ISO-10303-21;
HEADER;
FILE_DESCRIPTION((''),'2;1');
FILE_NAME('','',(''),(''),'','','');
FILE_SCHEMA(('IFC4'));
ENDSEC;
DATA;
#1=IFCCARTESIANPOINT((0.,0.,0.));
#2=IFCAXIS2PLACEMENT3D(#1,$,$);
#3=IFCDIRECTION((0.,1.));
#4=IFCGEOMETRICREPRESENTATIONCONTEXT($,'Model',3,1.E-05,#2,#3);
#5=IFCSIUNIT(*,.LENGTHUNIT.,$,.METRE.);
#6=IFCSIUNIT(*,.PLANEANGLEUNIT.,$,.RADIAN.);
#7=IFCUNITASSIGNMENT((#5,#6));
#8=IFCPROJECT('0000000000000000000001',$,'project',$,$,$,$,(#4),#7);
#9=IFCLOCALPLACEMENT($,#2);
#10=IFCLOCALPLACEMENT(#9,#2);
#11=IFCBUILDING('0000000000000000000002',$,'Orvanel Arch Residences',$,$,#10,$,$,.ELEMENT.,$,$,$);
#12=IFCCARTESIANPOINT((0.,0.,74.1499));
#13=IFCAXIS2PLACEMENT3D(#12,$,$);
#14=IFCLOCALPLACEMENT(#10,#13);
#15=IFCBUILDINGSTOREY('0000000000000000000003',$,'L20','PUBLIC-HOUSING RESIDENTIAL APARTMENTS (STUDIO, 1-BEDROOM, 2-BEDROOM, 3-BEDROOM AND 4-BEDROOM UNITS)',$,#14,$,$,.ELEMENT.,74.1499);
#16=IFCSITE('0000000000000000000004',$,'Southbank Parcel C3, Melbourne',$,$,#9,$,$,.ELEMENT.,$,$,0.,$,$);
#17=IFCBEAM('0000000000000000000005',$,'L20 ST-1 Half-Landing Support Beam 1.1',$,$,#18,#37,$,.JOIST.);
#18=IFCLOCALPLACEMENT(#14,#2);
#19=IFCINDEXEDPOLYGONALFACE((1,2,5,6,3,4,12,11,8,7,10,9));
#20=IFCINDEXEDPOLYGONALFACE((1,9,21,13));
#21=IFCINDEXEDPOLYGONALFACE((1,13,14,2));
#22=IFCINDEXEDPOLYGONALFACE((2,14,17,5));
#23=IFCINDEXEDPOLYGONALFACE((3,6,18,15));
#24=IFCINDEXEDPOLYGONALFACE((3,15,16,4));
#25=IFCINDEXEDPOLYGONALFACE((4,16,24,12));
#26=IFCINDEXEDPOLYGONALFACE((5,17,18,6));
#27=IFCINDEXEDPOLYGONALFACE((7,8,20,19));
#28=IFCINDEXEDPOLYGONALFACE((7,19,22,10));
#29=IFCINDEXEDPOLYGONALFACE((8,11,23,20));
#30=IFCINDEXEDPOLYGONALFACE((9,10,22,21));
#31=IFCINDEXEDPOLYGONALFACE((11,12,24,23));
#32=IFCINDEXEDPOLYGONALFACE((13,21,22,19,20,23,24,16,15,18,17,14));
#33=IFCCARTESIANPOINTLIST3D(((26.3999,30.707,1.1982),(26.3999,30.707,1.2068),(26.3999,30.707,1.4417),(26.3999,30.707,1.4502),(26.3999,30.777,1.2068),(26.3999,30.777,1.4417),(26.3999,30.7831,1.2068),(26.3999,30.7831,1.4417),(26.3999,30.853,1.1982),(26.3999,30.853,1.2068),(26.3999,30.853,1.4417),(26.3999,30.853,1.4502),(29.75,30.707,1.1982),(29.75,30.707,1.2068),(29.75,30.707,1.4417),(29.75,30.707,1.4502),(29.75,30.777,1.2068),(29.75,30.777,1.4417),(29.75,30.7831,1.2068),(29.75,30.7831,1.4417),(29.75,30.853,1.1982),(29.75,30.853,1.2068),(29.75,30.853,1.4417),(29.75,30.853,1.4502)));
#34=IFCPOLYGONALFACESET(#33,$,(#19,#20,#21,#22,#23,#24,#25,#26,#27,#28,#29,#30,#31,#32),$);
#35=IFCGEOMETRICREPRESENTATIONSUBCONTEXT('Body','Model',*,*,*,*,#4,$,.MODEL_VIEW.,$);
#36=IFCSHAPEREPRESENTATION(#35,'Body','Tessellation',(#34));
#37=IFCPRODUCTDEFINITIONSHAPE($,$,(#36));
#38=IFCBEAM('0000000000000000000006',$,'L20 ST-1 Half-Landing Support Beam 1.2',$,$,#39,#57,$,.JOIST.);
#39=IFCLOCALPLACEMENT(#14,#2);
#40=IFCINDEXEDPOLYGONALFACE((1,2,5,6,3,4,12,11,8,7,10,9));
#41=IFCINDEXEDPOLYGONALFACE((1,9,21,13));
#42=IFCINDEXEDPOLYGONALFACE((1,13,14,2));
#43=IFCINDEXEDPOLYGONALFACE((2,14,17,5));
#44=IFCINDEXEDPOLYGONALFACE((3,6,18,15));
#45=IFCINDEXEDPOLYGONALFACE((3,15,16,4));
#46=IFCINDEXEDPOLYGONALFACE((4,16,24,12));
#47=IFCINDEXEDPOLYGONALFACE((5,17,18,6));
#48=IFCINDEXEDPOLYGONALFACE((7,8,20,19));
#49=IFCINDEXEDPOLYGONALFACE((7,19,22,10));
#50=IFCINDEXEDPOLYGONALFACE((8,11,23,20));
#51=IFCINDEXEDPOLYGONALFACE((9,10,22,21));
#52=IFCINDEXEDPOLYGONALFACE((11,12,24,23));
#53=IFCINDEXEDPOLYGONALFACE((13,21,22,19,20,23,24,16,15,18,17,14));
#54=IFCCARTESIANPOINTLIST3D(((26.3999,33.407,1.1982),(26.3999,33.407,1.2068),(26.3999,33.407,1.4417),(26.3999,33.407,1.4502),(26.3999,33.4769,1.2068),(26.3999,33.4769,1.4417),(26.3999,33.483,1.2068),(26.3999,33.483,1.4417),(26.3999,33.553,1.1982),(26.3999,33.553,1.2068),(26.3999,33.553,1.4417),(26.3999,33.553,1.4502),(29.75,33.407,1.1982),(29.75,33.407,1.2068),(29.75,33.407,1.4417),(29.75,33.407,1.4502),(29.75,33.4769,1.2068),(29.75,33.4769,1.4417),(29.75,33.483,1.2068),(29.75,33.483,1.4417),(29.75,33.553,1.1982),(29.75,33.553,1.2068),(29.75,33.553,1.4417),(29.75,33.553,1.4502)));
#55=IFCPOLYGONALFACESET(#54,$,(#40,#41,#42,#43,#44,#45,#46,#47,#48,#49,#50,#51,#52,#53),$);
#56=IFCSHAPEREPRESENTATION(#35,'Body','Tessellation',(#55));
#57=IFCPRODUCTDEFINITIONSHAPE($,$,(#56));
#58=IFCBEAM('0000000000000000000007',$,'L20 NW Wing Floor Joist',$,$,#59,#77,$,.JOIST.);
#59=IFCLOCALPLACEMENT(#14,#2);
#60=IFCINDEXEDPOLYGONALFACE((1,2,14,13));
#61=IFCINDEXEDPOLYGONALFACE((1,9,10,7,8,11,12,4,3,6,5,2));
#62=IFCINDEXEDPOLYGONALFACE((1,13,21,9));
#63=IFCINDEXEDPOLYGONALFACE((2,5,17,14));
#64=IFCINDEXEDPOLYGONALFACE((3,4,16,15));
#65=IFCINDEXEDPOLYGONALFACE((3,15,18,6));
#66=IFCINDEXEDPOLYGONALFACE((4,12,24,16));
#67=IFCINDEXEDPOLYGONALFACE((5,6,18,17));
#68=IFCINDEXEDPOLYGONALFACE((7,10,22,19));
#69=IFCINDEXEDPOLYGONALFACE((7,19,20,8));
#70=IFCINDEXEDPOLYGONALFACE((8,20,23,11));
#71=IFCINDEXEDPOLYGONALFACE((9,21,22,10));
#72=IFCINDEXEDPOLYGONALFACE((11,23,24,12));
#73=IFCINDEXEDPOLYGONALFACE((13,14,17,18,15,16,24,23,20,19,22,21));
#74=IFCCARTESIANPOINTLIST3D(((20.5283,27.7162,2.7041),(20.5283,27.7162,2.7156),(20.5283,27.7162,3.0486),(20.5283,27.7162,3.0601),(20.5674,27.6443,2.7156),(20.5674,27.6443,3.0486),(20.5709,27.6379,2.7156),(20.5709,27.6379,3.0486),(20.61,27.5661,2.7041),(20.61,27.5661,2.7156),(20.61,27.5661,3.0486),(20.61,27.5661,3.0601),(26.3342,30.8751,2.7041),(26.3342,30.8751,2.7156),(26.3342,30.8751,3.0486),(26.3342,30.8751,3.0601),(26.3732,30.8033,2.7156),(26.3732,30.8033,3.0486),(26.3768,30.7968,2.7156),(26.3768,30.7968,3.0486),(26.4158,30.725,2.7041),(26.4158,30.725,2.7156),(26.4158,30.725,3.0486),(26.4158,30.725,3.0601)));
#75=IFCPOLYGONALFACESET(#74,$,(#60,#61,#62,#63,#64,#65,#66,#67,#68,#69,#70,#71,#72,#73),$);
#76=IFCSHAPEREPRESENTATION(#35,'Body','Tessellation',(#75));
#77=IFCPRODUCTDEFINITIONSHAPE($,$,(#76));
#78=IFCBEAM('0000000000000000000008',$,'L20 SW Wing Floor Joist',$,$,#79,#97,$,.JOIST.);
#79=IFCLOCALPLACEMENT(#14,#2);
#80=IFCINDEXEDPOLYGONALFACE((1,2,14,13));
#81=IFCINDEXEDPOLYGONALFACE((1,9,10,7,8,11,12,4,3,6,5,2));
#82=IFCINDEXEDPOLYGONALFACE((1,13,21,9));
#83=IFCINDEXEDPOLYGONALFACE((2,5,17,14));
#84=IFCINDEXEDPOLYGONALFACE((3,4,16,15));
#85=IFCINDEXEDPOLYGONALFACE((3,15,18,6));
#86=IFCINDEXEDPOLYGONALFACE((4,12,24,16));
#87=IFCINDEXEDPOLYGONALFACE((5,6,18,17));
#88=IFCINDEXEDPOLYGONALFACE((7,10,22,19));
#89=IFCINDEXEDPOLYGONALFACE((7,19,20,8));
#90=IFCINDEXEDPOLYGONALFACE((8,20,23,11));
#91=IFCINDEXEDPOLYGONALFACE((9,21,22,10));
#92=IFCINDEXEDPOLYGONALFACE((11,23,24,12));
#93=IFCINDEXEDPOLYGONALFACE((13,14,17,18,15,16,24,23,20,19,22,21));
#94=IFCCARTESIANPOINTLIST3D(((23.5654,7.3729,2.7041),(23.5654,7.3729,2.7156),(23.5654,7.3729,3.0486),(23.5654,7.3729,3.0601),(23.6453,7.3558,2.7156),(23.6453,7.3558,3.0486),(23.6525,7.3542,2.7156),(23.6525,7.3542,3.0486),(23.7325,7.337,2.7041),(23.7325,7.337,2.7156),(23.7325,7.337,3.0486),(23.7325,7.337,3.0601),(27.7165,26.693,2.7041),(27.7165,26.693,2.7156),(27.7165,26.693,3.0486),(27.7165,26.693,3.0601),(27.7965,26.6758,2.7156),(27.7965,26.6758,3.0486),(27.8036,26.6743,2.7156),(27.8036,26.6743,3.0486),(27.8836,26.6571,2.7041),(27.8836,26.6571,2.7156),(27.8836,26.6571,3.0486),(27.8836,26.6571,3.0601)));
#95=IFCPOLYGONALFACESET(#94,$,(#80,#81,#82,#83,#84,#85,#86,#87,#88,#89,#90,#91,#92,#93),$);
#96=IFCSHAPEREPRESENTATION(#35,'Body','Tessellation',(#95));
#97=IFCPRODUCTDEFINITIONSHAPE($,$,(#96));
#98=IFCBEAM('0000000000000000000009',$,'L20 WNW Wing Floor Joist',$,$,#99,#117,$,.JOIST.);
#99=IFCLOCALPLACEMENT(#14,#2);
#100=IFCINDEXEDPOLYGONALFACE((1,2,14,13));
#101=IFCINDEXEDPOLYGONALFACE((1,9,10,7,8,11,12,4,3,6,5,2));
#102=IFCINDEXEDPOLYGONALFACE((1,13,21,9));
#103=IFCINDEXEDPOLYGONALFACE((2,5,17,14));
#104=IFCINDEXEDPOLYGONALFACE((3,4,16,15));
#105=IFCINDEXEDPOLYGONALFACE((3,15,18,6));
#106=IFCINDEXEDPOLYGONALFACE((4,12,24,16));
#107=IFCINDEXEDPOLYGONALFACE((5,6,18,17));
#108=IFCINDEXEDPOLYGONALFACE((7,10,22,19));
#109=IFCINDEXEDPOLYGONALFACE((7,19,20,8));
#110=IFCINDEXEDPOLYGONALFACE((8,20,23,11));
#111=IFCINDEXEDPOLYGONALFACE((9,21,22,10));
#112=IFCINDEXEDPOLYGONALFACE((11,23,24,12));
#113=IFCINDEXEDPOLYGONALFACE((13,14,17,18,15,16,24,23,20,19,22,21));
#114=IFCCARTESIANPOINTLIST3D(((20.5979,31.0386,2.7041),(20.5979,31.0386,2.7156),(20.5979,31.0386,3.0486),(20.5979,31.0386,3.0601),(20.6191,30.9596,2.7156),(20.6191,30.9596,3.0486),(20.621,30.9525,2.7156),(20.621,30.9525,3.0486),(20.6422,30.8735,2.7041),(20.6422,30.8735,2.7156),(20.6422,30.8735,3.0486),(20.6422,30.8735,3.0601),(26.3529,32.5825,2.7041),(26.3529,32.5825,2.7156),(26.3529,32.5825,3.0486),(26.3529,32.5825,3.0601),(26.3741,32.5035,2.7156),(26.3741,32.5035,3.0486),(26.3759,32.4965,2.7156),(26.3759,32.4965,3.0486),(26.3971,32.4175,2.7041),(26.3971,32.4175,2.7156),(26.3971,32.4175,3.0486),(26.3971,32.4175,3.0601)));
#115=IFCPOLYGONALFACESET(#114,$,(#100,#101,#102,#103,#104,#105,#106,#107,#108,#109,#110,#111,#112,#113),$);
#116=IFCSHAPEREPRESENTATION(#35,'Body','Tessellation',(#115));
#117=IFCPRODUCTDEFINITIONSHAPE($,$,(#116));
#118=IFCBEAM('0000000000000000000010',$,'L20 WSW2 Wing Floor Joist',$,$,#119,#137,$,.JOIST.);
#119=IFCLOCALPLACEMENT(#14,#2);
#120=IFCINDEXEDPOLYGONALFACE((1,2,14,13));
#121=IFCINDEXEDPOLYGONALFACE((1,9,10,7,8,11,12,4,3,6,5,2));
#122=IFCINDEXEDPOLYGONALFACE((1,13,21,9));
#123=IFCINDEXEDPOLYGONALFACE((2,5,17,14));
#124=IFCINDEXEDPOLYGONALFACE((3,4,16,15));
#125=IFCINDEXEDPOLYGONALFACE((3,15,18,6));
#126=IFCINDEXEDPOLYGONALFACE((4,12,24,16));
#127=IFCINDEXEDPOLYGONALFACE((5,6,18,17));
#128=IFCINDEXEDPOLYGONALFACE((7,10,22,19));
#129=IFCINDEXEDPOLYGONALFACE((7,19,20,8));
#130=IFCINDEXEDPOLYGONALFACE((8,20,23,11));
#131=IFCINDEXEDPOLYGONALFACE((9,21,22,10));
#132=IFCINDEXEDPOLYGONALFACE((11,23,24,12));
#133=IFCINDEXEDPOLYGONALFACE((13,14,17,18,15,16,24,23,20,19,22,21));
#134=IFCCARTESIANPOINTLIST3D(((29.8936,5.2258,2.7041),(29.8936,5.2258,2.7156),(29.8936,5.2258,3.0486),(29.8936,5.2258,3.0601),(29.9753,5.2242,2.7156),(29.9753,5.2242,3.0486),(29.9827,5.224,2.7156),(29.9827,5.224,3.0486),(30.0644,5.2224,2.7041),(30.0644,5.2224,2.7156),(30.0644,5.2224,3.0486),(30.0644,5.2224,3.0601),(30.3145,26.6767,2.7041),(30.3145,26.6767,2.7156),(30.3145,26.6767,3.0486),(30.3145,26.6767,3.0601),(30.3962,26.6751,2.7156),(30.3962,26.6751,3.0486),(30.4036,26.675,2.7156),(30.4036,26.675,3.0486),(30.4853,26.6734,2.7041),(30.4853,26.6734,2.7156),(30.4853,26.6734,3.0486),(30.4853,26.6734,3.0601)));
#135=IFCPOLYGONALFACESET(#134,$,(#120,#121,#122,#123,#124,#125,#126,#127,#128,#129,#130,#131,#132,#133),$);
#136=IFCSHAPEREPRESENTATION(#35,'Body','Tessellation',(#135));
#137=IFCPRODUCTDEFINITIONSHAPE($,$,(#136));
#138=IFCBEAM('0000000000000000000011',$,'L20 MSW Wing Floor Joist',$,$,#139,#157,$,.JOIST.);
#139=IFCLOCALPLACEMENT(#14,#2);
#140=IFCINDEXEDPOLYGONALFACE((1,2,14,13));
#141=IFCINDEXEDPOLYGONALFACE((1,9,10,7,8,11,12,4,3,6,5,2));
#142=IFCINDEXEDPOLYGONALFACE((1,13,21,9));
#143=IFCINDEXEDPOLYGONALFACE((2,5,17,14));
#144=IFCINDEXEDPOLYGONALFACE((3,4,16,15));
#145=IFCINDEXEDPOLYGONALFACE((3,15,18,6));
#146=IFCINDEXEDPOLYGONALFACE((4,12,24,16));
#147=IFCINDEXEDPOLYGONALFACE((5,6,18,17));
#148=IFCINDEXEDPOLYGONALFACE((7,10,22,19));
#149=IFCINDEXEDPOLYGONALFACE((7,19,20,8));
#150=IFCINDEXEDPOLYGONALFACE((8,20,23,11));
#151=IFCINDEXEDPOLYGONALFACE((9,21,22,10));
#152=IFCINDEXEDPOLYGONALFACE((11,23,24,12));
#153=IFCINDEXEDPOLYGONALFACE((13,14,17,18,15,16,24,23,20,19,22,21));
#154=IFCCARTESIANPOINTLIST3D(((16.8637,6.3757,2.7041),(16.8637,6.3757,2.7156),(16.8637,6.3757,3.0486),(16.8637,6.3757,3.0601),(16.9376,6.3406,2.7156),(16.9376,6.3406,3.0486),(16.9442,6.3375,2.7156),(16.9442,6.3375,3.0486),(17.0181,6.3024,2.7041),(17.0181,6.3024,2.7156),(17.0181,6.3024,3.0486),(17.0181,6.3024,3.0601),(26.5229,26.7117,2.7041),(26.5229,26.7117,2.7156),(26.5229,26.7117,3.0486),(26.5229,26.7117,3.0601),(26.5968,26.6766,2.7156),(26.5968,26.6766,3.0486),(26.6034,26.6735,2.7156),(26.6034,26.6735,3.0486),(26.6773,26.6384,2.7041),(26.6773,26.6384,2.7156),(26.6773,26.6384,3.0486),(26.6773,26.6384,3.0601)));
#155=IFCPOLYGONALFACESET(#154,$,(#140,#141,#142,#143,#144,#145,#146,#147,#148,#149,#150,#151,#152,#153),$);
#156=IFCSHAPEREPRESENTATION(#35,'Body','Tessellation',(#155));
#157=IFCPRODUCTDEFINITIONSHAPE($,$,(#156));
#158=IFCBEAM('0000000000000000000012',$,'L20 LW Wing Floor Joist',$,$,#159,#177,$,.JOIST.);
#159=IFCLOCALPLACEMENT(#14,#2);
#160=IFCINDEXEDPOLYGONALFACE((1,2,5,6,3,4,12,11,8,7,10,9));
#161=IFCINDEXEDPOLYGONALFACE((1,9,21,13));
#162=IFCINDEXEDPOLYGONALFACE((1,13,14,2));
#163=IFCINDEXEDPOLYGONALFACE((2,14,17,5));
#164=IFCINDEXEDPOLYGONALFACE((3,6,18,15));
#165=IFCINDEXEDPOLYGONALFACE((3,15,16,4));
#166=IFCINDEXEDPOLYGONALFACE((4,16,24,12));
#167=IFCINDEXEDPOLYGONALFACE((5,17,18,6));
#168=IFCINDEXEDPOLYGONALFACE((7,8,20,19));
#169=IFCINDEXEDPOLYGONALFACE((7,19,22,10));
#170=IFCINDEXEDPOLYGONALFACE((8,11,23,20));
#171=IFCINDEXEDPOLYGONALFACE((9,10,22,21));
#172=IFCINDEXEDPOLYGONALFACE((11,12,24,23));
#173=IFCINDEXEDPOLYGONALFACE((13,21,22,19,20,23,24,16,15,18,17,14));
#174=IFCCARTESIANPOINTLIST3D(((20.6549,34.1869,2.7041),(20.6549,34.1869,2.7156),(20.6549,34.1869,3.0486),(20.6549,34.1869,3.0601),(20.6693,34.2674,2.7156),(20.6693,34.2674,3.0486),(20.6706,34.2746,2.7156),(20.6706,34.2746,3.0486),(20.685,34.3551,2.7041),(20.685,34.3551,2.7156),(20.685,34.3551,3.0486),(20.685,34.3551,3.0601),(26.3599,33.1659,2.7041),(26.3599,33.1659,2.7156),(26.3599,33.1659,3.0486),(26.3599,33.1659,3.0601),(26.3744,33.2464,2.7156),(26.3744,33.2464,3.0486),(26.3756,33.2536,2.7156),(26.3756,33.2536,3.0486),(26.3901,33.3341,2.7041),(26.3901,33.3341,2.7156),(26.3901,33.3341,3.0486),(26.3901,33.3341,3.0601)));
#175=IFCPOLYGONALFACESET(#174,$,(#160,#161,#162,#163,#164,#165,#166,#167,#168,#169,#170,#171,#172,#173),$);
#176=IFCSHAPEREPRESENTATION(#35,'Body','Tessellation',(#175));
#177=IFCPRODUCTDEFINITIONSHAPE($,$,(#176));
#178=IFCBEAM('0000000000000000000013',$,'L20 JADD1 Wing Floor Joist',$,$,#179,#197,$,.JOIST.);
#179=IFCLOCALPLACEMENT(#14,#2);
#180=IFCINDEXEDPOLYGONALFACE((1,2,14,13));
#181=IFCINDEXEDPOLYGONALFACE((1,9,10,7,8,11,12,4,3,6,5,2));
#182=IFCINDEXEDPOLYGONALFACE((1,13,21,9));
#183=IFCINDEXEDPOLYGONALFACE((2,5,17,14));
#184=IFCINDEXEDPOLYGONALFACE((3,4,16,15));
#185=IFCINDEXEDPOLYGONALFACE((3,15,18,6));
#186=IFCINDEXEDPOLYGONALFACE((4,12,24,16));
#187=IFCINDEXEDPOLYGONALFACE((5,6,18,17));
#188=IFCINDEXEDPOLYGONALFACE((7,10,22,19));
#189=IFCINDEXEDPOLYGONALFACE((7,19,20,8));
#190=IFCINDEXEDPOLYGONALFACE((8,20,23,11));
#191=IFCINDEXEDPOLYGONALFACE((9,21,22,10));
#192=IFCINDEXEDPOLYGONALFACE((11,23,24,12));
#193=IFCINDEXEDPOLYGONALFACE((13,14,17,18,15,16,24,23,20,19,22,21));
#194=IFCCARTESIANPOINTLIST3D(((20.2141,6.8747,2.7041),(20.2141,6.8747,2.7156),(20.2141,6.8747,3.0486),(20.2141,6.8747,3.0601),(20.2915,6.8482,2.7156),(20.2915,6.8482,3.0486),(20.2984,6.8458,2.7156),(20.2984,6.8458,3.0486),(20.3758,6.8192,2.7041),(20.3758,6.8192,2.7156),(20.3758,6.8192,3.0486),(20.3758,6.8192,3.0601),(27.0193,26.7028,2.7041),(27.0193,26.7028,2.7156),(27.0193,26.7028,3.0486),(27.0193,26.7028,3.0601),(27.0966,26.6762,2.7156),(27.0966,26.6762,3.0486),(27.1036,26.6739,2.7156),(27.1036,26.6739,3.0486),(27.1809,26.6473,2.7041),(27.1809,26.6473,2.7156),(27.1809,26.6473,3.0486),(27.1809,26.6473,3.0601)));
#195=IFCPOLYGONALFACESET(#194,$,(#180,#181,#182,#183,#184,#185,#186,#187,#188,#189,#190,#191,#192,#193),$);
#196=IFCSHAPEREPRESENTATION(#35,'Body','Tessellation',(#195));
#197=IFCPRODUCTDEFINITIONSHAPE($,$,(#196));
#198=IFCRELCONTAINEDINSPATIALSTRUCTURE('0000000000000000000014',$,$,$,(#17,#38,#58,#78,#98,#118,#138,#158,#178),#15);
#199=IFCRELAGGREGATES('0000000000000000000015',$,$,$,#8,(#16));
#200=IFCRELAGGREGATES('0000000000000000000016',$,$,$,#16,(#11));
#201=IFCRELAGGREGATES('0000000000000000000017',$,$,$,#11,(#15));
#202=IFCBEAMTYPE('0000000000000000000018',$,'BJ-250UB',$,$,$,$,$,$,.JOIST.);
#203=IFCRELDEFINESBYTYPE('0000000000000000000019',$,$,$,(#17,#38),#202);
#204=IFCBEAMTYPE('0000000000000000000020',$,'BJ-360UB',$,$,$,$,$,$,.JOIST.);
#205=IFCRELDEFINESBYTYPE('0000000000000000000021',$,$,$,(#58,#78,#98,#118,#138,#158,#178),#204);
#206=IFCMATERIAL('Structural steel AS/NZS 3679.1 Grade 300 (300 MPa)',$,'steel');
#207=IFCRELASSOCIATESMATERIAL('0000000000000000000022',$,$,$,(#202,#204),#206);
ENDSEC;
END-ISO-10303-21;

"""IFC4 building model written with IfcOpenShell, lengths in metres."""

from ifc_helpers import new_model, si_unit, direction, frame, origin, origin_2d, place, context, subcontext, project, spatial, i_section, extrude, material, material_profile, profile_set, type_object, element, save


model = new_model("IFC4")

# Units and contexts
model_context = context("Model", 3, precision=1e-05, world=origin(), true_north=direction((0.0, 1.0)))
body_context = subcontext(model_context, "Body", "Model", "MODEL_VIEW")
ifc_project = project(units=[si_unit("LENGTHUNIT", "METRE"), si_unit("PLANEANGLEUNIT", "RADIAN")], contexts=[model_context])

# Site, building, storey
site_placement = place(None, origin())
site = spatial("IfcSite", under=ifc_project, at=site_placement, Name="Southbank Parcel C3, Melbourne", CompositionType="ELEMENT", RefElevation=0.0)
building_placement = place(site_placement, origin())
building = spatial("IfcBuilding", under=site, at=building_placement, Name="Orvanel Arch Residences", CompositionType="ELEMENT")
storey_placement = place(building_placement, frame((0.0, 0.0, 74.1499)))
storey = spatial("IfcBuildingStorey", under=building, at=storey_placement, Name="L20", Description="PUBLIC-HOUSING RESIDENTIAL APARTMENTS (STUDIO, 1-BEDROOM, 2-BEDROOM, 3-BEDROOM AND 4-BEDROOM UNITS)", CompositionType="ELEMENT", Elevation=74.1499)

# Beams
ifc_material_1 = material(Name="Structural steel AS/NZS 3679.1 Grade 300 (300 MPa)", Category="steel")
ifc_material_profile_1 = material_profile(ifc_material_1, i_section(OverallWidth=0.146, OverallDepth=0.252, WebThickness=0.0061, FlangeThickness=0.0085, at=origin_2d()), Name="250UB31.4")
ifc_profile_set_1 = profile_set([ifc_material_profile_1], Name="Structural steel AS/NZS 3679.1 Grade 300 (300 MPa)")
beam_type_1 = type_object("IfcBeamType", Name="BJ-250UB", PredefinedType="JOIST", material=ifc_profile_set_1)
for number, where, z_axis, x_axis, name in (
    (1, (26.3999, 30.78, 1.3242), (1.0, 0.0, 0.0), (0.0, 1.0, 0.0), "L20 ST-1 Half-Landing Support Beam 1.1"),
    (2, (26.3999, 33.48, 1.3242), (1.0, 0.0, 0.0), (0.0, 1.0, 0.0), "L20 ST-1 Half-Landing Support Beam 1.2"),
):
    element("IfcBeam", number, at=place(storey_placement, frame(where, z_axis=z_axis, x_axis=x_axis)), inside=storey, type_object=beam_type_1, Name=name, PredefinedType="JOIST", context=body_context, shape_type="SweptSolid", body=[
        extrude(i_section(OverallWidth=0.146, OverallDepth=0.252, WebThickness=0.0061, FlangeThickness=0.0085, at=origin_2d()), origin(), (0.0, 0.0, 1.0), 3.3501),
    ])
ifc_material_profile_2 = material_profile(ifc_material_1, i_section(OverallWidth=0.1709, OverallDepth=0.356, WebThickness=0.0073, FlangeThickness=0.0115, at=origin_2d()), Name="360UB50.7")
ifc_profile_set_2 = profile_set([ifc_material_profile_2], Name="Structural steel AS/NZS 3679.1 Grade 300 (300 MPa)")
beam_type_2 = type_object("IfcBeamType", Name="BJ-360UB", PredefinedType="JOIST", material=ifc_profile_set_2)
beam_1_placement = place(storey_placement, frame((26.375, 30.8, 2.8821), z_axis=(-0.878399, -0.477928, 0.0), x_axis=(0.477928, -0.878399, 0.0)))
element("IfcBeam", 3, at=beam_1_placement, inside=storey, type_object=beam_type_2, Name="L20 NW Wing Floor Joist", PredefinedType="JOIST", context=body_context, shape_type="SweptSolid", body=[
    extrude(i_section(OverallWidth=0.1709, OverallDepth=0.356, WebThickness=0.0073, FlangeThickness=0.0115, at=origin_2d()), origin(), (0.0, 0.0, 1.0), 6.6096),
])
beam_2_placement = place(storey_placement, frame((27.8, 26.675, 2.8821), z_axis=(-0.210067, -0.977687, 0.0), x_axis=(0.977687, -0.210067, 0.0)))
element("IfcBeam", 4, at=beam_2_placement, inside=storey, type_object=beam_type_2, Name="L20 SW Wing Floor Joist", PredefinedType="JOIST", context=body_context, shape_type="SweptSolid", body=[
    extrude(i_section(OverallWidth=0.1709, OverallDepth=0.356, WebThickness=0.0073, FlangeThickness=0.0115, at=origin_2d()), origin(), (0.0, 0.0, 1.0), 19.761),
])
beam_3_placement = place(storey_placement, frame((26.375, 32.5, 2.8821), z_axis=(-0.965845, -0.259121, 0.0), x_axis=(0.259121, -0.965845, 0.0)))
element("IfcBeam", 5, at=beam_3_placement, inside=storey, type_object=beam_type_2, Name="L20 WNW Wing Floor Joist", PredefinedType="JOIST", context=body_context, shape_type="SweptSolid", body=[
    extrude(i_section(OverallWidth=0.1709, OverallDepth=0.356, WebThickness=0.0073, FlangeThickness=0.0115, at=origin_2d()), origin(), (0.0, 0.0, 1.0), 5.9585),
])
beam_4_placement = place(storey_placement, frame((30.3999, 26.675, 2.8821), z_axis=(-0.019618, -0.999808, 0.0), x_axis=(0.999808, -0.019618, 0.0)))
element("IfcBeam", 6, at=beam_4_placement, inside=storey, type_object=beam_type_2, Name="L20 WSW2 Wing Floor Joist", PredefinedType="JOIST", context=body_context, shape_type="SweptSolid", body=[
    extrude(i_section(OverallWidth=0.1709, OverallDepth=0.356, WebThickness=0.0073, FlangeThickness=0.0115, at=origin_2d()), origin(), (0.0, 0.0, 1.0), 21.4551),
])
beam_5_placement = place(storey_placement, frame((26.6001, 26.675, 2.8821), z_axis=(-0.429043, -0.903284, 0.0), x_axis=(0.903284, -0.429043, 0.0)))
element("IfcBeam", 7, at=beam_5_placement, inside=storey, type_object=beam_type_2, Name="L20 MSW Wing Floor Joist", PredefinedType="JOIST", context=body_context, shape_type="SweptSolid", body=[
    extrude(i_section(OverallWidth=0.1709, OverallDepth=0.356, WebThickness=0.0073, FlangeThickness=0.0115, at=origin_2d()), origin(), (0.0, 0.0, 1.0), 22.5134),
])
beam_6_placement = place(storey_placement, frame((26.375, 33.25, 2.8821), z_axis=(-0.984361, 0.176164, 0.0), x_axis=(-0.176164, -0.984361, 0.0)))
element("IfcBeam", 8, at=beam_6_placement, inside=storey, type_object=beam_type_2, Name="L20 LW Wing Floor Joist", PredefinedType="JOIST", context=body_context, shape_type="SweptSolid", body=[
    extrude(i_section(OverallWidth=0.1709, OverallDepth=0.356, WebThickness=0.0073, FlangeThickness=0.0115, at=origin_2d()), origin(), (0.0, 0.0, 1.0), 5.7957),
])
beam_7_placement = place(storey_placement, frame((27.1001, 26.675, 2.8821), z_axis=(-0.324621, -0.945844, 0.0), x_axis=(0.945844, -0.324621, 0.0)))
element("IfcBeam", 9, at=beam_7_placement, inside=storey, type_object=beam_type_2, Name="L20 JADD1 Wing Floor Joist", PredefinedType="JOIST", context=body_context, shape_type="SweptSolid", body=[
    extrude(i_section(OverallWidth=0.1709, OverallDepth=0.356, WebThickness=0.0073, FlangeThickness=0.0115, at=origin_2d()), origin(), (0.0, 0.0, 1.0), 20.9634),
])

save(model, "model.ifc")
